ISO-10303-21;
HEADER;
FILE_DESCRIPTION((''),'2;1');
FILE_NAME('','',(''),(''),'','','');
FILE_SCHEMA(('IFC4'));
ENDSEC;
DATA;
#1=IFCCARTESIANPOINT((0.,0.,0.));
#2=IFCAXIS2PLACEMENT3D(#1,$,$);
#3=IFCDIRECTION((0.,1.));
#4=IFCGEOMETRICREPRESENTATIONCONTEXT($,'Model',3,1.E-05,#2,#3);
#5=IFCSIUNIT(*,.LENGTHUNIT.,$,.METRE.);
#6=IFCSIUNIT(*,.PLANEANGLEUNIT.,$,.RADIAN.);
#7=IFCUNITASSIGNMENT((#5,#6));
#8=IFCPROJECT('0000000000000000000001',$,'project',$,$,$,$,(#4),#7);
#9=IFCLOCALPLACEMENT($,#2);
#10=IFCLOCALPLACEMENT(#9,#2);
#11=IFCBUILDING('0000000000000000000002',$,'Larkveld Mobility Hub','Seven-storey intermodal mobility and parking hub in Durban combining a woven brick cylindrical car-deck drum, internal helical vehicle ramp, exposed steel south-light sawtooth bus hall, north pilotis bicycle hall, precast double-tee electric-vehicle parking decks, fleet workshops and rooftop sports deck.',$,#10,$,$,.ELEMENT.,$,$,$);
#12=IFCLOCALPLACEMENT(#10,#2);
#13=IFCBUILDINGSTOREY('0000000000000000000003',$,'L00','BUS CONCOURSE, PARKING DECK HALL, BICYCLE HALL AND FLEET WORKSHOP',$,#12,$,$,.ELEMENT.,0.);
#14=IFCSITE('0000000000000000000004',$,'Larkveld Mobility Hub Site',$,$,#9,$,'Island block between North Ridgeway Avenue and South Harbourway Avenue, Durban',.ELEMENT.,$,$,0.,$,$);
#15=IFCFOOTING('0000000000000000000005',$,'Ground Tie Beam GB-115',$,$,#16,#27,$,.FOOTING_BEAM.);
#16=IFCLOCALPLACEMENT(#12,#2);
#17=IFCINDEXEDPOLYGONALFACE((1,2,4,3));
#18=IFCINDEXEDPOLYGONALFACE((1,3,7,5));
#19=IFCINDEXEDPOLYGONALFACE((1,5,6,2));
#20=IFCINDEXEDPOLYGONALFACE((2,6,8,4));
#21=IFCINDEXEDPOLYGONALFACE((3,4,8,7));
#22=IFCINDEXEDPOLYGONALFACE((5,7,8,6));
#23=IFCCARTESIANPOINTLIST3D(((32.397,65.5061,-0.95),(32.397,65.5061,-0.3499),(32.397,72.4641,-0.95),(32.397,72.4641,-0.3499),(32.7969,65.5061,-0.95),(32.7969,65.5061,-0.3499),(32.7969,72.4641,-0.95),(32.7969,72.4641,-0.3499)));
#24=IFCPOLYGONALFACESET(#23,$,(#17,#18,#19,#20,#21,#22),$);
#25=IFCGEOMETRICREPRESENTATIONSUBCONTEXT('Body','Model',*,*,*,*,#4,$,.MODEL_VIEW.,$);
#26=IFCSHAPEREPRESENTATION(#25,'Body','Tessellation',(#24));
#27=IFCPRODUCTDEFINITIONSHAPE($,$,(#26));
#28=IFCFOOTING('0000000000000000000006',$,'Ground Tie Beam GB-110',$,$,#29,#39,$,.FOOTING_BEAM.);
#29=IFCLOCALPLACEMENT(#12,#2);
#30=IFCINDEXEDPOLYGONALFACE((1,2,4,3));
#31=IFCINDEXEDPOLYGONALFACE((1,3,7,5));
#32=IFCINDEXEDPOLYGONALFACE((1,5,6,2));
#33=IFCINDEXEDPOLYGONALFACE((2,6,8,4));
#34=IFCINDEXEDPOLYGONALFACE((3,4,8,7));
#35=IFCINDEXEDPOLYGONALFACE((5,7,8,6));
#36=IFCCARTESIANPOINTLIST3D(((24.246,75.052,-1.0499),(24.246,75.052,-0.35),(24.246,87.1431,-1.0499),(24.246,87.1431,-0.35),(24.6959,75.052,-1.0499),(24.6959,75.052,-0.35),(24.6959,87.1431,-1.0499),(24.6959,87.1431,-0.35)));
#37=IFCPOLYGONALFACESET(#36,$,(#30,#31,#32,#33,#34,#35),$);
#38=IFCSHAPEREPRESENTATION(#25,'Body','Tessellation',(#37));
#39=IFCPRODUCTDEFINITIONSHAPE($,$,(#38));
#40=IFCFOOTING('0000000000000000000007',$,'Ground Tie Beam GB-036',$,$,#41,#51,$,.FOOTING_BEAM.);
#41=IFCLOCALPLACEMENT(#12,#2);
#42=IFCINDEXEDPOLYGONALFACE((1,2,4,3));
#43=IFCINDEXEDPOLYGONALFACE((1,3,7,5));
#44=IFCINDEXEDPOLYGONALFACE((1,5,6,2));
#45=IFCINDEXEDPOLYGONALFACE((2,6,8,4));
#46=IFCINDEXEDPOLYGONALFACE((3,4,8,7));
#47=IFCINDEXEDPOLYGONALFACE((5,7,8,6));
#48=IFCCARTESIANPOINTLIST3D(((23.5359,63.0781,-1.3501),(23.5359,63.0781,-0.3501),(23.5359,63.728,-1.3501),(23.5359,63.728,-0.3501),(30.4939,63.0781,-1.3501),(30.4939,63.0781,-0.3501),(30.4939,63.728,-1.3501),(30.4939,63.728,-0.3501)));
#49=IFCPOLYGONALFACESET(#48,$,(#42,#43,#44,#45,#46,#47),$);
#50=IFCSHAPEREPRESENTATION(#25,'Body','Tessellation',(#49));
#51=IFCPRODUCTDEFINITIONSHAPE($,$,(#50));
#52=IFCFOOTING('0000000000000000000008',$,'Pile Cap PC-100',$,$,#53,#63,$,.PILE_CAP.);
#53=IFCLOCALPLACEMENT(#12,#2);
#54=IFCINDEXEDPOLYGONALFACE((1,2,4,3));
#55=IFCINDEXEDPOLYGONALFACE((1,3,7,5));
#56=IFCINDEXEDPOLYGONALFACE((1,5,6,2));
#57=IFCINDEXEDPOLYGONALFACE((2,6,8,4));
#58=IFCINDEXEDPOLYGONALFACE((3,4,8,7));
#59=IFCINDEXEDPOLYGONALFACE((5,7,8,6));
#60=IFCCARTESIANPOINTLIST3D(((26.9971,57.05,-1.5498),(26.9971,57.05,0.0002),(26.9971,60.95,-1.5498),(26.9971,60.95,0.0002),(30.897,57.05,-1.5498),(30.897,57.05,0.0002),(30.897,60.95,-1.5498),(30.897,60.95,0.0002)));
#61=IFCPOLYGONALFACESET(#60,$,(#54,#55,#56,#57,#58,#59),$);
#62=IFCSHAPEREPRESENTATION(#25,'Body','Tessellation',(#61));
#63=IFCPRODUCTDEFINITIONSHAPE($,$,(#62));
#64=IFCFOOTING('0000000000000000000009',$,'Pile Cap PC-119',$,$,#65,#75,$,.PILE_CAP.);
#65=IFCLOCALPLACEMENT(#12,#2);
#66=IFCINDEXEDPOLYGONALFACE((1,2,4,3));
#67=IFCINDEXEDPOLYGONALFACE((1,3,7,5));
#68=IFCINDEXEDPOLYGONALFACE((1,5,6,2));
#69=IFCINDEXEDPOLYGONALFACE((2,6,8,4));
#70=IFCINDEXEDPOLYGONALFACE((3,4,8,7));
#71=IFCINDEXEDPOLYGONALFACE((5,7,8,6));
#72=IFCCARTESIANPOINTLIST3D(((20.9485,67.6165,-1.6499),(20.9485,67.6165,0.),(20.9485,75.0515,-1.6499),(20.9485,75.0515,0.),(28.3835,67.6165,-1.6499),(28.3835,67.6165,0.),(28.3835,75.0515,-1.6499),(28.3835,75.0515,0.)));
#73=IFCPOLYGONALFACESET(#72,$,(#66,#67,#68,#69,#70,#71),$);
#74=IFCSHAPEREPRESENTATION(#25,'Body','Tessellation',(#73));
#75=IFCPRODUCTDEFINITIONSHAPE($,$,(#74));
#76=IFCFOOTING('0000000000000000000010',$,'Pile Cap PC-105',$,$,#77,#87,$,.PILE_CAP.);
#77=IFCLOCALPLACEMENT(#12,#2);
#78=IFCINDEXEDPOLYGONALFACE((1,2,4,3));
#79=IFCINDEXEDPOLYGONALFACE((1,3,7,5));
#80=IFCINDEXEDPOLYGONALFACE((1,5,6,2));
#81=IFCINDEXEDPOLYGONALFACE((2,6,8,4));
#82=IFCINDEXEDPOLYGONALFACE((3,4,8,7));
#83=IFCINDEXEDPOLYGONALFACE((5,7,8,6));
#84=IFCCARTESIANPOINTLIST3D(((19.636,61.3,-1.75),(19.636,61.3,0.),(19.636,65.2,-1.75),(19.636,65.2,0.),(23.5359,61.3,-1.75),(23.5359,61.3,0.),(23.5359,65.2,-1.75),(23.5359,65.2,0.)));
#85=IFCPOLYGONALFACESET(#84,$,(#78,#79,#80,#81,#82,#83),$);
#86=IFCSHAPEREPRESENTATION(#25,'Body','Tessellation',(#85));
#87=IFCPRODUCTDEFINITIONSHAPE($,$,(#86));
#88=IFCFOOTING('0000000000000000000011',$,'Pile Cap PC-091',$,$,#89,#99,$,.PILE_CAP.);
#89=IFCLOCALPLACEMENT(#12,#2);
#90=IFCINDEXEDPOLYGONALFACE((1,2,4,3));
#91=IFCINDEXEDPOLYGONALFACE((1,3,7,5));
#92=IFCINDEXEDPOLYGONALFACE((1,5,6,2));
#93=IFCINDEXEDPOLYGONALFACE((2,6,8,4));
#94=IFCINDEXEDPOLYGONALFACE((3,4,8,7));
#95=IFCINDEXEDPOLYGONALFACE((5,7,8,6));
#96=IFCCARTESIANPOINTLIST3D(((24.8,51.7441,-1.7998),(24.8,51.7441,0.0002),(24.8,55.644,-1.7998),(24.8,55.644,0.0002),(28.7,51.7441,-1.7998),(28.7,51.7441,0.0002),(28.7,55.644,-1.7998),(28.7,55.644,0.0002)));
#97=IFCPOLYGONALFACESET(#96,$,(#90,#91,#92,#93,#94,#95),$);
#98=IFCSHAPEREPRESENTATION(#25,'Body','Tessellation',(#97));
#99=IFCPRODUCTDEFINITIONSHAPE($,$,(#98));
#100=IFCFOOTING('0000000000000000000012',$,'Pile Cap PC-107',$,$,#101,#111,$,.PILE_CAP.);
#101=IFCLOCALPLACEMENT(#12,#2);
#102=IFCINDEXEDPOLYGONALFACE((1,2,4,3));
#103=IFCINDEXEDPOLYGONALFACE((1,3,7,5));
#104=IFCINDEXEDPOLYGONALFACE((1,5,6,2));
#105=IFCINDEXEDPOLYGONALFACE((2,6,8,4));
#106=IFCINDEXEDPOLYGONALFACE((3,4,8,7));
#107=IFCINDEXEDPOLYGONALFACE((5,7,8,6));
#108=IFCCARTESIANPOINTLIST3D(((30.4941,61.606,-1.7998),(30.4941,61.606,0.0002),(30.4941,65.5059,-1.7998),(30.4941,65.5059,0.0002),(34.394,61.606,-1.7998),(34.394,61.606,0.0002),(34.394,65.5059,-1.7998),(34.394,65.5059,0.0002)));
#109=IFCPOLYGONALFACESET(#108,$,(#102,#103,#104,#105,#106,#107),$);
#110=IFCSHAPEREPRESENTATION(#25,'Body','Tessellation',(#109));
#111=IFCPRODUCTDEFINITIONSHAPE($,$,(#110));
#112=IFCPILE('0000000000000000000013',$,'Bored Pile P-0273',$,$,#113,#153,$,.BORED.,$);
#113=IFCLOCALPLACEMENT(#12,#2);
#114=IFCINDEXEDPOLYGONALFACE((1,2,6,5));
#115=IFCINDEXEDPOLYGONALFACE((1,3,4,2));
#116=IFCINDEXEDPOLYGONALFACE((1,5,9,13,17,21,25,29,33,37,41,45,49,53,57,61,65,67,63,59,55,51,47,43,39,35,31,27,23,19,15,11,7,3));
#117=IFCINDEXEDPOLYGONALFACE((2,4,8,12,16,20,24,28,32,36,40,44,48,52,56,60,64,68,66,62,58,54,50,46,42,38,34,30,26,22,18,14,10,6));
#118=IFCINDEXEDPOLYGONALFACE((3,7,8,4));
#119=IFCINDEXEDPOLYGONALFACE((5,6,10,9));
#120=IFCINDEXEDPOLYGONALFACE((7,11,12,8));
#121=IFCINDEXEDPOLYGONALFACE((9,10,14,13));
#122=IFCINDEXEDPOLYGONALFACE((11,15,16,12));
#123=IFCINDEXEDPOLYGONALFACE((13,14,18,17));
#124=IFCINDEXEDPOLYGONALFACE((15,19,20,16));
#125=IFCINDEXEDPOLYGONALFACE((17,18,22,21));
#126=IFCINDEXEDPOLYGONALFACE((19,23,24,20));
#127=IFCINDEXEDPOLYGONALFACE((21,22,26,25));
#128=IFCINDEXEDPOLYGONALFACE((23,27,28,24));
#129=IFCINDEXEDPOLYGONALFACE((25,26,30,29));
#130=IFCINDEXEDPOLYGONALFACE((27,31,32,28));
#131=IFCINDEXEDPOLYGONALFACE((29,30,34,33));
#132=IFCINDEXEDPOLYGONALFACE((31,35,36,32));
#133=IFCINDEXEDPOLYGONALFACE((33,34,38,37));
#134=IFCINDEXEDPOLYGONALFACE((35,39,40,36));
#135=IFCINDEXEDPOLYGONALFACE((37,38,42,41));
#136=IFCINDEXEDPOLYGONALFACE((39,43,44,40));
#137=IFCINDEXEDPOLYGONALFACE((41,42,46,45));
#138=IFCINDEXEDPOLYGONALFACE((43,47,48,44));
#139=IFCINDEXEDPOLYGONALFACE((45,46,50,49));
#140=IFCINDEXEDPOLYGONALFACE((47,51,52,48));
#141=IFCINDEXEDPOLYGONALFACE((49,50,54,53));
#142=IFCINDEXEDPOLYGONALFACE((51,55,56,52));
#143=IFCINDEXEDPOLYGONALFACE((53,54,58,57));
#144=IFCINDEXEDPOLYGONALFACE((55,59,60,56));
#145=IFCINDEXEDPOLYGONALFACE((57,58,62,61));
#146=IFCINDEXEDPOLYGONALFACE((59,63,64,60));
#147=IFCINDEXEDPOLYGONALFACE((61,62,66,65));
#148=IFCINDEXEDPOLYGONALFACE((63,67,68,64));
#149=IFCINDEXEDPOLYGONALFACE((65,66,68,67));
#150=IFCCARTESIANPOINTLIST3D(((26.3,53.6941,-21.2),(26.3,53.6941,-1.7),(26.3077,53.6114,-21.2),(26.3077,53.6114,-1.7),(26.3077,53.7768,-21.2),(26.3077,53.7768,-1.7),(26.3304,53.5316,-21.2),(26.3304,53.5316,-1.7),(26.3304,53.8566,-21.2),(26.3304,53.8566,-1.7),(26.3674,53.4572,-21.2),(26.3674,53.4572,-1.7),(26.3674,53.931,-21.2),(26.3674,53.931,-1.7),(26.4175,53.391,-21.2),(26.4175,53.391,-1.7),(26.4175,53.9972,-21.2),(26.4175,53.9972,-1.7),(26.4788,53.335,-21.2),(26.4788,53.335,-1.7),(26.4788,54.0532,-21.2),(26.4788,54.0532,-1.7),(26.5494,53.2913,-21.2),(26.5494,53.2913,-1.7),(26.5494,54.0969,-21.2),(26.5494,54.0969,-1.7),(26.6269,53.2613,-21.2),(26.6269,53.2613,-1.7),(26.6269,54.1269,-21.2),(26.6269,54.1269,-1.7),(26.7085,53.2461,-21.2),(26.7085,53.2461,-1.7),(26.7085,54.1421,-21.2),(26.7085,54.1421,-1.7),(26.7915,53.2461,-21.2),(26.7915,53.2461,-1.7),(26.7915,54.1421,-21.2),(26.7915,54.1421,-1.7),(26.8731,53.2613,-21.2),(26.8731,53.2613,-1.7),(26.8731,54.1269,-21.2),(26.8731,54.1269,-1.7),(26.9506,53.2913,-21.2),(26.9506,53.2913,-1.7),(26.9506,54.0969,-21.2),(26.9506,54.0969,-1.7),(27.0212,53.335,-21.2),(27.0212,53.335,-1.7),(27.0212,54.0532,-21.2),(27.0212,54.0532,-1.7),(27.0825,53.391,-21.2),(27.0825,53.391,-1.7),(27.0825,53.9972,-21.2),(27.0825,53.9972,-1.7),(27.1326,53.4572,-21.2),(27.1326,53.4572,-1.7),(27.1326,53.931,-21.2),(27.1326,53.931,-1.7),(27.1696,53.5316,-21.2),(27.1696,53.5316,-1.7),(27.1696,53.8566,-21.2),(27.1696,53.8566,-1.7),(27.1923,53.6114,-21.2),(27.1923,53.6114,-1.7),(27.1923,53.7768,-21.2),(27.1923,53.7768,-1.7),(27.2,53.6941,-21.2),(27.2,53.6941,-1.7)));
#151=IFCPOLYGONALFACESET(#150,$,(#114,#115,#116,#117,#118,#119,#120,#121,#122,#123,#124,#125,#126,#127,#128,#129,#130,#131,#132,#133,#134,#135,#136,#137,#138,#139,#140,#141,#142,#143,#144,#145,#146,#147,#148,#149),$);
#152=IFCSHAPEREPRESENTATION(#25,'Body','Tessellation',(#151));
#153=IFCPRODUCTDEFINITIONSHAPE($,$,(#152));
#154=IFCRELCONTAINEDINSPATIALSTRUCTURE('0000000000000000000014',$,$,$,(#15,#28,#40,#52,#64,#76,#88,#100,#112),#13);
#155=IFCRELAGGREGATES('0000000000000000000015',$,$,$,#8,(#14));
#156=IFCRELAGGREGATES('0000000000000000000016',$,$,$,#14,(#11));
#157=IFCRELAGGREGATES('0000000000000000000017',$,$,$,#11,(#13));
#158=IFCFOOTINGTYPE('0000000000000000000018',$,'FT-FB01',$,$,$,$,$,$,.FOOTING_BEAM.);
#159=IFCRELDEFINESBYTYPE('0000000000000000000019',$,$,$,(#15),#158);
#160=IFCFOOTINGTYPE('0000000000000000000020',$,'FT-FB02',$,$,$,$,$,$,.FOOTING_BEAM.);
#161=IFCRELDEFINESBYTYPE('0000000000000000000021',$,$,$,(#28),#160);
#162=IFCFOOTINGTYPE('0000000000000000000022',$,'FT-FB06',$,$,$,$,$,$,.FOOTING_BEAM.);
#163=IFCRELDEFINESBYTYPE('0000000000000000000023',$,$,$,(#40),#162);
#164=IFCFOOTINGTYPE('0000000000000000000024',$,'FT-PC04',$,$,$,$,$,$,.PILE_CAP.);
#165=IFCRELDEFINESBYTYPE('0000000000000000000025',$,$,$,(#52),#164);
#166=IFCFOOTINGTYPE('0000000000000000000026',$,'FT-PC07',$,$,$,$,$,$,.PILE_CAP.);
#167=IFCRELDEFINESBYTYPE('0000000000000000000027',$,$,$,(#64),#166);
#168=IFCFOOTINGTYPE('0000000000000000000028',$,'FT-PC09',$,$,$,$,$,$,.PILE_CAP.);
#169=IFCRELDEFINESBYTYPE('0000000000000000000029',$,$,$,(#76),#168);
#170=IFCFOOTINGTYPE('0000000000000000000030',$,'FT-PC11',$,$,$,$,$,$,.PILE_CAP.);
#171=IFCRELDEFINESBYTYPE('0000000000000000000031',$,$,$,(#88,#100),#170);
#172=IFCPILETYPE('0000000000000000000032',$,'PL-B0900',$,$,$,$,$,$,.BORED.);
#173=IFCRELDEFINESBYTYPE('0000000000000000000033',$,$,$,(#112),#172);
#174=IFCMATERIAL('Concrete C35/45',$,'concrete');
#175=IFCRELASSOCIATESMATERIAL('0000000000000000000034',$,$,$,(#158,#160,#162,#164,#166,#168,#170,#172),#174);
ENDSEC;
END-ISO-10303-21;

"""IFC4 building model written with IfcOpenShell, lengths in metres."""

from ifc_helpers import new_model, si_unit, direction, frame, origin, origin_2d, place, context, subcontext, project, spatial, rectangle, circle, extrude, material, material_profile, profile_set, type_object, element, save


model = new_model("IFC4")

# Units and contexts
model_context = context("Model", 3, precision=1e-05, world=origin(), true_north=direction((0.0, 1.0)))
body_context = subcontext(model_context, "Body", "Model", "MODEL_VIEW")
ifc_project = project(units=[si_unit("LENGTHUNIT", "METRE"), si_unit("PLANEANGLEUNIT", "RADIAN")], contexts=[model_context])

# Site, building, storey
site_placement = place(None, origin())
site = spatial("IfcSite", under=ifc_project, at=site_placement, Name="Larkveld Mobility Hub Site", LongName="Island block between North Ridgeway Avenue and South Harbourway Avenue, Durban", CompositionType="ELEMENT", RefElevation=0.0)
building_placement = place(site_placement, origin())
building = spatial("IfcBuilding", under=site, at=building_placement, Name="Larkveld Mobility Hub", Description="Seven-storey intermodal mobility and parking hub in Durban combining a woven brick cylindrical car-deck drum, internal helical vehicle ramp, exposed steel south-light sawtooth bus hall, north pilotis bicycle hall, precast double-tee electric-vehicle parking decks, fleet workshops and rooftop sports deck.", CompositionType="ELEMENT")
storey_placement = place(building_placement, origin())
storey = spatial("IfcBuildingStorey", under=building, at=storey_placement, Name="L00", Description="BUS CONCOURSE, PARKING DECK HALL, BICYCLE HALL AND FLEET WORKSHOP", CompositionType="ELEMENT", Elevation=0.0)

# Footings
ifc_material_1 = material(Name="Concrete C35/45", Category="concrete")
ifc_material_profile_1 = material_profile(ifc_material_1, rectangle(XDim=0.3999, YDim=0.6001, at=origin_2d()), Name="RC BM 400x600")
ifc_profile_set_1 = profile_set([ifc_material_profile_1], Name="Concrete C35/45")
footing_type_1 = type_object("IfcFootingType", Name="FT-FB01", PredefinedType="FOOTING_BEAM", material=ifc_profile_set_1)
footing_1_placement = place(storey_placement, frame((32.5969, 65.5061, -0.6499), z_axis=(0.0, 1.0, 0.0), x_axis=(-1.0, 0.0, 0.0)))
element("IfcFooting", 1, at=footing_1_placement, inside=storey, type_object=footing_type_1, Name="Ground Tie Beam GB-115", PredefinedType="FOOTING_BEAM", context=body_context, shape_type="SweptSolid", body=[
    extrude(rectangle(XDim=0.3999, YDim=0.6001, at=origin_2d()), origin(), (0.0, 0.0, 1.0), 6.958),
])
ifc_material_profile_2 = material_profile(ifc_material_1, rectangle(XDim=0.45, YDim=0.7, at=origin_2d()), Name="RC BM 450x700")
ifc_profile_set_2 = profile_set([ifc_material_profile_2], Name="Concrete C35/45")
footing_type_2 = type_object("IfcFootingType", Name="FT-FB02", PredefinedType="FOOTING_BEAM", material=ifc_profile_set_2)
footing_2_placement = place(storey_placement, frame((24.4709, 75.052, -0.7), z_axis=(0.0, 1.0, 0.0), x_axis=(-1.0, 0.0, 0.0)))
element("IfcFooting", 2, at=footing_2_placement, inside=storey, type_object=footing_type_2, Name="Ground Tie Beam GB-110", PredefinedType="FOOTING_BEAM", context=body_context, shape_type="SweptSolid", body=[
    extrude(rectangle(XDim=0.45, YDim=0.7, at=origin_2d()), origin(), (0.0, 0.0, 1.0), 12.0911),
])
ifc_material_profile_3 = material_profile(ifc_material_1, rectangle(XDim=0.6499, YDim=1.0, at=origin_2d()), Name="RC BM 650x1000")
ifc_profile_set_3 = profile_set([ifc_material_profile_3], Name="Concrete C35/45")
footing_type_3 = type_object("IfcFootingType", Name="FT-FB06", PredefinedType="FOOTING_BEAM", material=ifc_profile_set_3)
footing_3_placement = place(storey_placement, frame((23.5359, 63.4031, -0.8501), z_axis=(1.0, 0.0, 0.0), x_axis=(0.0, 1.0, 0.0)))
element("IfcFooting", 3, at=footing_3_placement, inside=storey, type_object=footing_type_3, Name="Ground Tie Beam GB-036", PredefinedType="FOOTING_BEAM", context=body_context, shape_type="SweptSolid", body=[
    extrude(rectangle(XDim=0.6499, YDim=1.0, at=origin_2d()), origin(), (0.0, 0.0, 1.0), 6.958),
])
footing_type_4 = type_object("IfcFootingType", Name="FT-PC04", PredefinedType="PILE_CAP", material=ifc_material_1)
footing_4_placement = place(storey_placement, frame((28.947, 59.0, -1.5498), z_axis=(0.0, 0.0, 1.0), x_axis=(1.0, 0.0, 0.0)))
element("IfcFooting", 4, at=footing_4_placement, inside=storey, type_object=footing_type_4, Name="Pile Cap PC-100", PredefinedType="PILE_CAP", context=body_context, shape_type="SweptSolid", body=[
    extrude(rectangle(XDim=3.8999, YDim=3.8999, at=origin_2d()), origin(), (0.0, 0.0, 1.0), 1.55),
])
footing_type_5 = type_object("IfcFootingType", Name="FT-PC07", PredefinedType="PILE_CAP", material=ifc_material_1)
footing_5_placement = place(storey_placement, frame((24.666, 71.334, -1.6499), z_axis=(0.0, 0.0, 1.0), x_axis=(1.0, 0.0, 0.0)))
element("IfcFooting", 5, at=footing_5_placement, inside=storey, type_object=footing_type_5, Name="Pile Cap PC-119", PredefinedType="PILE_CAP", context=body_context, shape_type="SweptSolid", body=[
    extrude(rectangle(XDim=7.4351, YDim=7.4351, at=origin_2d()), origin(), (0.0, 0.0, 1.0), 1.6499),
])
footing_type_6 = type_object("IfcFootingType", Name="FT-PC09", PredefinedType="PILE_CAP", material=ifc_material_1)
footing_6_placement = place(storey_placement, frame((21.5859, 63.25, -1.75), z_axis=(0.0, 0.0, 1.0), x_axis=(1.0, 0.0, 0.0)))
element("IfcFooting", 6, at=footing_6_placement, inside=storey, type_object=footing_type_6, Name="Pile Cap PC-105", PredefinedType="PILE_CAP", context=body_context, shape_type="SweptSolid", body=[
    extrude(rectangle(XDim=3.8999, YDim=3.8999, at=origin_2d()), origin(), (0.0, 0.0, 1.0), 1.75),
])
footing_type_7 = type_object("IfcFootingType", Name="FT-PC11", PredefinedType="PILE_CAP", material=ifc_material_1)
for number, where, z_axis, x_axis, name in (
    (7, (26.75, 53.6941, -1.7998), (0.0, 0.0, 1.0), (1.0, 0.0, 0.0), "Pile Cap PC-091"),
    (8, (32.4441, 63.5559, -1.7998), (0.0, 0.0, 1.0), (1.0, 0.0, 0.0), "Pile Cap PC-107"),
):
    element("IfcFooting", number, at=place(storey_placement, frame(where, z_axis=z_axis, x_axis=x_axis)), inside=storey, type_object=footing_type_7, Name=name, PredefinedType="PILE_CAP", context=body_context, shape_type="SweptSolid", body=[
        extrude(rectangle(XDim=3.8999, YDim=3.8999, at=origin_2d()), origin(), (0.0, 0.0, 1.0), 1.8),
    ])

# Pile
ifc_material_profile_4 = material_profile(ifc_material_1, circle(Radius=0.45, at=origin_2d()), Name="PILE D900")
ifc_profile_set_4 = profile_set([ifc_material_profile_4], Name="Concrete C35/45")
pile_type_1 = type_object("IfcPileType", Name="PL-B0900", PredefinedType="BORED", material=ifc_profile_set_4)
pile_1_placement = place(storey_placement, frame((26.75, 53.6941, -1.7), z_axis=(0.0, 0.0, -1.0), x_axis=(1.0, 0.0, 0.0)))
element("IfcPile", 9, at=pile_1_placement, inside=storey, type_object=pile_type_1, Name="Bored Pile P-0273", PredefinedType="BORED", context=body_context, shape_type="SweptSolid", body=[
    extrude(circle(Radius=0.45, at=origin_2d()), origin(), (0.0, 0.0, 1.0), 19.5),
])

save(model, "model.ifc")
